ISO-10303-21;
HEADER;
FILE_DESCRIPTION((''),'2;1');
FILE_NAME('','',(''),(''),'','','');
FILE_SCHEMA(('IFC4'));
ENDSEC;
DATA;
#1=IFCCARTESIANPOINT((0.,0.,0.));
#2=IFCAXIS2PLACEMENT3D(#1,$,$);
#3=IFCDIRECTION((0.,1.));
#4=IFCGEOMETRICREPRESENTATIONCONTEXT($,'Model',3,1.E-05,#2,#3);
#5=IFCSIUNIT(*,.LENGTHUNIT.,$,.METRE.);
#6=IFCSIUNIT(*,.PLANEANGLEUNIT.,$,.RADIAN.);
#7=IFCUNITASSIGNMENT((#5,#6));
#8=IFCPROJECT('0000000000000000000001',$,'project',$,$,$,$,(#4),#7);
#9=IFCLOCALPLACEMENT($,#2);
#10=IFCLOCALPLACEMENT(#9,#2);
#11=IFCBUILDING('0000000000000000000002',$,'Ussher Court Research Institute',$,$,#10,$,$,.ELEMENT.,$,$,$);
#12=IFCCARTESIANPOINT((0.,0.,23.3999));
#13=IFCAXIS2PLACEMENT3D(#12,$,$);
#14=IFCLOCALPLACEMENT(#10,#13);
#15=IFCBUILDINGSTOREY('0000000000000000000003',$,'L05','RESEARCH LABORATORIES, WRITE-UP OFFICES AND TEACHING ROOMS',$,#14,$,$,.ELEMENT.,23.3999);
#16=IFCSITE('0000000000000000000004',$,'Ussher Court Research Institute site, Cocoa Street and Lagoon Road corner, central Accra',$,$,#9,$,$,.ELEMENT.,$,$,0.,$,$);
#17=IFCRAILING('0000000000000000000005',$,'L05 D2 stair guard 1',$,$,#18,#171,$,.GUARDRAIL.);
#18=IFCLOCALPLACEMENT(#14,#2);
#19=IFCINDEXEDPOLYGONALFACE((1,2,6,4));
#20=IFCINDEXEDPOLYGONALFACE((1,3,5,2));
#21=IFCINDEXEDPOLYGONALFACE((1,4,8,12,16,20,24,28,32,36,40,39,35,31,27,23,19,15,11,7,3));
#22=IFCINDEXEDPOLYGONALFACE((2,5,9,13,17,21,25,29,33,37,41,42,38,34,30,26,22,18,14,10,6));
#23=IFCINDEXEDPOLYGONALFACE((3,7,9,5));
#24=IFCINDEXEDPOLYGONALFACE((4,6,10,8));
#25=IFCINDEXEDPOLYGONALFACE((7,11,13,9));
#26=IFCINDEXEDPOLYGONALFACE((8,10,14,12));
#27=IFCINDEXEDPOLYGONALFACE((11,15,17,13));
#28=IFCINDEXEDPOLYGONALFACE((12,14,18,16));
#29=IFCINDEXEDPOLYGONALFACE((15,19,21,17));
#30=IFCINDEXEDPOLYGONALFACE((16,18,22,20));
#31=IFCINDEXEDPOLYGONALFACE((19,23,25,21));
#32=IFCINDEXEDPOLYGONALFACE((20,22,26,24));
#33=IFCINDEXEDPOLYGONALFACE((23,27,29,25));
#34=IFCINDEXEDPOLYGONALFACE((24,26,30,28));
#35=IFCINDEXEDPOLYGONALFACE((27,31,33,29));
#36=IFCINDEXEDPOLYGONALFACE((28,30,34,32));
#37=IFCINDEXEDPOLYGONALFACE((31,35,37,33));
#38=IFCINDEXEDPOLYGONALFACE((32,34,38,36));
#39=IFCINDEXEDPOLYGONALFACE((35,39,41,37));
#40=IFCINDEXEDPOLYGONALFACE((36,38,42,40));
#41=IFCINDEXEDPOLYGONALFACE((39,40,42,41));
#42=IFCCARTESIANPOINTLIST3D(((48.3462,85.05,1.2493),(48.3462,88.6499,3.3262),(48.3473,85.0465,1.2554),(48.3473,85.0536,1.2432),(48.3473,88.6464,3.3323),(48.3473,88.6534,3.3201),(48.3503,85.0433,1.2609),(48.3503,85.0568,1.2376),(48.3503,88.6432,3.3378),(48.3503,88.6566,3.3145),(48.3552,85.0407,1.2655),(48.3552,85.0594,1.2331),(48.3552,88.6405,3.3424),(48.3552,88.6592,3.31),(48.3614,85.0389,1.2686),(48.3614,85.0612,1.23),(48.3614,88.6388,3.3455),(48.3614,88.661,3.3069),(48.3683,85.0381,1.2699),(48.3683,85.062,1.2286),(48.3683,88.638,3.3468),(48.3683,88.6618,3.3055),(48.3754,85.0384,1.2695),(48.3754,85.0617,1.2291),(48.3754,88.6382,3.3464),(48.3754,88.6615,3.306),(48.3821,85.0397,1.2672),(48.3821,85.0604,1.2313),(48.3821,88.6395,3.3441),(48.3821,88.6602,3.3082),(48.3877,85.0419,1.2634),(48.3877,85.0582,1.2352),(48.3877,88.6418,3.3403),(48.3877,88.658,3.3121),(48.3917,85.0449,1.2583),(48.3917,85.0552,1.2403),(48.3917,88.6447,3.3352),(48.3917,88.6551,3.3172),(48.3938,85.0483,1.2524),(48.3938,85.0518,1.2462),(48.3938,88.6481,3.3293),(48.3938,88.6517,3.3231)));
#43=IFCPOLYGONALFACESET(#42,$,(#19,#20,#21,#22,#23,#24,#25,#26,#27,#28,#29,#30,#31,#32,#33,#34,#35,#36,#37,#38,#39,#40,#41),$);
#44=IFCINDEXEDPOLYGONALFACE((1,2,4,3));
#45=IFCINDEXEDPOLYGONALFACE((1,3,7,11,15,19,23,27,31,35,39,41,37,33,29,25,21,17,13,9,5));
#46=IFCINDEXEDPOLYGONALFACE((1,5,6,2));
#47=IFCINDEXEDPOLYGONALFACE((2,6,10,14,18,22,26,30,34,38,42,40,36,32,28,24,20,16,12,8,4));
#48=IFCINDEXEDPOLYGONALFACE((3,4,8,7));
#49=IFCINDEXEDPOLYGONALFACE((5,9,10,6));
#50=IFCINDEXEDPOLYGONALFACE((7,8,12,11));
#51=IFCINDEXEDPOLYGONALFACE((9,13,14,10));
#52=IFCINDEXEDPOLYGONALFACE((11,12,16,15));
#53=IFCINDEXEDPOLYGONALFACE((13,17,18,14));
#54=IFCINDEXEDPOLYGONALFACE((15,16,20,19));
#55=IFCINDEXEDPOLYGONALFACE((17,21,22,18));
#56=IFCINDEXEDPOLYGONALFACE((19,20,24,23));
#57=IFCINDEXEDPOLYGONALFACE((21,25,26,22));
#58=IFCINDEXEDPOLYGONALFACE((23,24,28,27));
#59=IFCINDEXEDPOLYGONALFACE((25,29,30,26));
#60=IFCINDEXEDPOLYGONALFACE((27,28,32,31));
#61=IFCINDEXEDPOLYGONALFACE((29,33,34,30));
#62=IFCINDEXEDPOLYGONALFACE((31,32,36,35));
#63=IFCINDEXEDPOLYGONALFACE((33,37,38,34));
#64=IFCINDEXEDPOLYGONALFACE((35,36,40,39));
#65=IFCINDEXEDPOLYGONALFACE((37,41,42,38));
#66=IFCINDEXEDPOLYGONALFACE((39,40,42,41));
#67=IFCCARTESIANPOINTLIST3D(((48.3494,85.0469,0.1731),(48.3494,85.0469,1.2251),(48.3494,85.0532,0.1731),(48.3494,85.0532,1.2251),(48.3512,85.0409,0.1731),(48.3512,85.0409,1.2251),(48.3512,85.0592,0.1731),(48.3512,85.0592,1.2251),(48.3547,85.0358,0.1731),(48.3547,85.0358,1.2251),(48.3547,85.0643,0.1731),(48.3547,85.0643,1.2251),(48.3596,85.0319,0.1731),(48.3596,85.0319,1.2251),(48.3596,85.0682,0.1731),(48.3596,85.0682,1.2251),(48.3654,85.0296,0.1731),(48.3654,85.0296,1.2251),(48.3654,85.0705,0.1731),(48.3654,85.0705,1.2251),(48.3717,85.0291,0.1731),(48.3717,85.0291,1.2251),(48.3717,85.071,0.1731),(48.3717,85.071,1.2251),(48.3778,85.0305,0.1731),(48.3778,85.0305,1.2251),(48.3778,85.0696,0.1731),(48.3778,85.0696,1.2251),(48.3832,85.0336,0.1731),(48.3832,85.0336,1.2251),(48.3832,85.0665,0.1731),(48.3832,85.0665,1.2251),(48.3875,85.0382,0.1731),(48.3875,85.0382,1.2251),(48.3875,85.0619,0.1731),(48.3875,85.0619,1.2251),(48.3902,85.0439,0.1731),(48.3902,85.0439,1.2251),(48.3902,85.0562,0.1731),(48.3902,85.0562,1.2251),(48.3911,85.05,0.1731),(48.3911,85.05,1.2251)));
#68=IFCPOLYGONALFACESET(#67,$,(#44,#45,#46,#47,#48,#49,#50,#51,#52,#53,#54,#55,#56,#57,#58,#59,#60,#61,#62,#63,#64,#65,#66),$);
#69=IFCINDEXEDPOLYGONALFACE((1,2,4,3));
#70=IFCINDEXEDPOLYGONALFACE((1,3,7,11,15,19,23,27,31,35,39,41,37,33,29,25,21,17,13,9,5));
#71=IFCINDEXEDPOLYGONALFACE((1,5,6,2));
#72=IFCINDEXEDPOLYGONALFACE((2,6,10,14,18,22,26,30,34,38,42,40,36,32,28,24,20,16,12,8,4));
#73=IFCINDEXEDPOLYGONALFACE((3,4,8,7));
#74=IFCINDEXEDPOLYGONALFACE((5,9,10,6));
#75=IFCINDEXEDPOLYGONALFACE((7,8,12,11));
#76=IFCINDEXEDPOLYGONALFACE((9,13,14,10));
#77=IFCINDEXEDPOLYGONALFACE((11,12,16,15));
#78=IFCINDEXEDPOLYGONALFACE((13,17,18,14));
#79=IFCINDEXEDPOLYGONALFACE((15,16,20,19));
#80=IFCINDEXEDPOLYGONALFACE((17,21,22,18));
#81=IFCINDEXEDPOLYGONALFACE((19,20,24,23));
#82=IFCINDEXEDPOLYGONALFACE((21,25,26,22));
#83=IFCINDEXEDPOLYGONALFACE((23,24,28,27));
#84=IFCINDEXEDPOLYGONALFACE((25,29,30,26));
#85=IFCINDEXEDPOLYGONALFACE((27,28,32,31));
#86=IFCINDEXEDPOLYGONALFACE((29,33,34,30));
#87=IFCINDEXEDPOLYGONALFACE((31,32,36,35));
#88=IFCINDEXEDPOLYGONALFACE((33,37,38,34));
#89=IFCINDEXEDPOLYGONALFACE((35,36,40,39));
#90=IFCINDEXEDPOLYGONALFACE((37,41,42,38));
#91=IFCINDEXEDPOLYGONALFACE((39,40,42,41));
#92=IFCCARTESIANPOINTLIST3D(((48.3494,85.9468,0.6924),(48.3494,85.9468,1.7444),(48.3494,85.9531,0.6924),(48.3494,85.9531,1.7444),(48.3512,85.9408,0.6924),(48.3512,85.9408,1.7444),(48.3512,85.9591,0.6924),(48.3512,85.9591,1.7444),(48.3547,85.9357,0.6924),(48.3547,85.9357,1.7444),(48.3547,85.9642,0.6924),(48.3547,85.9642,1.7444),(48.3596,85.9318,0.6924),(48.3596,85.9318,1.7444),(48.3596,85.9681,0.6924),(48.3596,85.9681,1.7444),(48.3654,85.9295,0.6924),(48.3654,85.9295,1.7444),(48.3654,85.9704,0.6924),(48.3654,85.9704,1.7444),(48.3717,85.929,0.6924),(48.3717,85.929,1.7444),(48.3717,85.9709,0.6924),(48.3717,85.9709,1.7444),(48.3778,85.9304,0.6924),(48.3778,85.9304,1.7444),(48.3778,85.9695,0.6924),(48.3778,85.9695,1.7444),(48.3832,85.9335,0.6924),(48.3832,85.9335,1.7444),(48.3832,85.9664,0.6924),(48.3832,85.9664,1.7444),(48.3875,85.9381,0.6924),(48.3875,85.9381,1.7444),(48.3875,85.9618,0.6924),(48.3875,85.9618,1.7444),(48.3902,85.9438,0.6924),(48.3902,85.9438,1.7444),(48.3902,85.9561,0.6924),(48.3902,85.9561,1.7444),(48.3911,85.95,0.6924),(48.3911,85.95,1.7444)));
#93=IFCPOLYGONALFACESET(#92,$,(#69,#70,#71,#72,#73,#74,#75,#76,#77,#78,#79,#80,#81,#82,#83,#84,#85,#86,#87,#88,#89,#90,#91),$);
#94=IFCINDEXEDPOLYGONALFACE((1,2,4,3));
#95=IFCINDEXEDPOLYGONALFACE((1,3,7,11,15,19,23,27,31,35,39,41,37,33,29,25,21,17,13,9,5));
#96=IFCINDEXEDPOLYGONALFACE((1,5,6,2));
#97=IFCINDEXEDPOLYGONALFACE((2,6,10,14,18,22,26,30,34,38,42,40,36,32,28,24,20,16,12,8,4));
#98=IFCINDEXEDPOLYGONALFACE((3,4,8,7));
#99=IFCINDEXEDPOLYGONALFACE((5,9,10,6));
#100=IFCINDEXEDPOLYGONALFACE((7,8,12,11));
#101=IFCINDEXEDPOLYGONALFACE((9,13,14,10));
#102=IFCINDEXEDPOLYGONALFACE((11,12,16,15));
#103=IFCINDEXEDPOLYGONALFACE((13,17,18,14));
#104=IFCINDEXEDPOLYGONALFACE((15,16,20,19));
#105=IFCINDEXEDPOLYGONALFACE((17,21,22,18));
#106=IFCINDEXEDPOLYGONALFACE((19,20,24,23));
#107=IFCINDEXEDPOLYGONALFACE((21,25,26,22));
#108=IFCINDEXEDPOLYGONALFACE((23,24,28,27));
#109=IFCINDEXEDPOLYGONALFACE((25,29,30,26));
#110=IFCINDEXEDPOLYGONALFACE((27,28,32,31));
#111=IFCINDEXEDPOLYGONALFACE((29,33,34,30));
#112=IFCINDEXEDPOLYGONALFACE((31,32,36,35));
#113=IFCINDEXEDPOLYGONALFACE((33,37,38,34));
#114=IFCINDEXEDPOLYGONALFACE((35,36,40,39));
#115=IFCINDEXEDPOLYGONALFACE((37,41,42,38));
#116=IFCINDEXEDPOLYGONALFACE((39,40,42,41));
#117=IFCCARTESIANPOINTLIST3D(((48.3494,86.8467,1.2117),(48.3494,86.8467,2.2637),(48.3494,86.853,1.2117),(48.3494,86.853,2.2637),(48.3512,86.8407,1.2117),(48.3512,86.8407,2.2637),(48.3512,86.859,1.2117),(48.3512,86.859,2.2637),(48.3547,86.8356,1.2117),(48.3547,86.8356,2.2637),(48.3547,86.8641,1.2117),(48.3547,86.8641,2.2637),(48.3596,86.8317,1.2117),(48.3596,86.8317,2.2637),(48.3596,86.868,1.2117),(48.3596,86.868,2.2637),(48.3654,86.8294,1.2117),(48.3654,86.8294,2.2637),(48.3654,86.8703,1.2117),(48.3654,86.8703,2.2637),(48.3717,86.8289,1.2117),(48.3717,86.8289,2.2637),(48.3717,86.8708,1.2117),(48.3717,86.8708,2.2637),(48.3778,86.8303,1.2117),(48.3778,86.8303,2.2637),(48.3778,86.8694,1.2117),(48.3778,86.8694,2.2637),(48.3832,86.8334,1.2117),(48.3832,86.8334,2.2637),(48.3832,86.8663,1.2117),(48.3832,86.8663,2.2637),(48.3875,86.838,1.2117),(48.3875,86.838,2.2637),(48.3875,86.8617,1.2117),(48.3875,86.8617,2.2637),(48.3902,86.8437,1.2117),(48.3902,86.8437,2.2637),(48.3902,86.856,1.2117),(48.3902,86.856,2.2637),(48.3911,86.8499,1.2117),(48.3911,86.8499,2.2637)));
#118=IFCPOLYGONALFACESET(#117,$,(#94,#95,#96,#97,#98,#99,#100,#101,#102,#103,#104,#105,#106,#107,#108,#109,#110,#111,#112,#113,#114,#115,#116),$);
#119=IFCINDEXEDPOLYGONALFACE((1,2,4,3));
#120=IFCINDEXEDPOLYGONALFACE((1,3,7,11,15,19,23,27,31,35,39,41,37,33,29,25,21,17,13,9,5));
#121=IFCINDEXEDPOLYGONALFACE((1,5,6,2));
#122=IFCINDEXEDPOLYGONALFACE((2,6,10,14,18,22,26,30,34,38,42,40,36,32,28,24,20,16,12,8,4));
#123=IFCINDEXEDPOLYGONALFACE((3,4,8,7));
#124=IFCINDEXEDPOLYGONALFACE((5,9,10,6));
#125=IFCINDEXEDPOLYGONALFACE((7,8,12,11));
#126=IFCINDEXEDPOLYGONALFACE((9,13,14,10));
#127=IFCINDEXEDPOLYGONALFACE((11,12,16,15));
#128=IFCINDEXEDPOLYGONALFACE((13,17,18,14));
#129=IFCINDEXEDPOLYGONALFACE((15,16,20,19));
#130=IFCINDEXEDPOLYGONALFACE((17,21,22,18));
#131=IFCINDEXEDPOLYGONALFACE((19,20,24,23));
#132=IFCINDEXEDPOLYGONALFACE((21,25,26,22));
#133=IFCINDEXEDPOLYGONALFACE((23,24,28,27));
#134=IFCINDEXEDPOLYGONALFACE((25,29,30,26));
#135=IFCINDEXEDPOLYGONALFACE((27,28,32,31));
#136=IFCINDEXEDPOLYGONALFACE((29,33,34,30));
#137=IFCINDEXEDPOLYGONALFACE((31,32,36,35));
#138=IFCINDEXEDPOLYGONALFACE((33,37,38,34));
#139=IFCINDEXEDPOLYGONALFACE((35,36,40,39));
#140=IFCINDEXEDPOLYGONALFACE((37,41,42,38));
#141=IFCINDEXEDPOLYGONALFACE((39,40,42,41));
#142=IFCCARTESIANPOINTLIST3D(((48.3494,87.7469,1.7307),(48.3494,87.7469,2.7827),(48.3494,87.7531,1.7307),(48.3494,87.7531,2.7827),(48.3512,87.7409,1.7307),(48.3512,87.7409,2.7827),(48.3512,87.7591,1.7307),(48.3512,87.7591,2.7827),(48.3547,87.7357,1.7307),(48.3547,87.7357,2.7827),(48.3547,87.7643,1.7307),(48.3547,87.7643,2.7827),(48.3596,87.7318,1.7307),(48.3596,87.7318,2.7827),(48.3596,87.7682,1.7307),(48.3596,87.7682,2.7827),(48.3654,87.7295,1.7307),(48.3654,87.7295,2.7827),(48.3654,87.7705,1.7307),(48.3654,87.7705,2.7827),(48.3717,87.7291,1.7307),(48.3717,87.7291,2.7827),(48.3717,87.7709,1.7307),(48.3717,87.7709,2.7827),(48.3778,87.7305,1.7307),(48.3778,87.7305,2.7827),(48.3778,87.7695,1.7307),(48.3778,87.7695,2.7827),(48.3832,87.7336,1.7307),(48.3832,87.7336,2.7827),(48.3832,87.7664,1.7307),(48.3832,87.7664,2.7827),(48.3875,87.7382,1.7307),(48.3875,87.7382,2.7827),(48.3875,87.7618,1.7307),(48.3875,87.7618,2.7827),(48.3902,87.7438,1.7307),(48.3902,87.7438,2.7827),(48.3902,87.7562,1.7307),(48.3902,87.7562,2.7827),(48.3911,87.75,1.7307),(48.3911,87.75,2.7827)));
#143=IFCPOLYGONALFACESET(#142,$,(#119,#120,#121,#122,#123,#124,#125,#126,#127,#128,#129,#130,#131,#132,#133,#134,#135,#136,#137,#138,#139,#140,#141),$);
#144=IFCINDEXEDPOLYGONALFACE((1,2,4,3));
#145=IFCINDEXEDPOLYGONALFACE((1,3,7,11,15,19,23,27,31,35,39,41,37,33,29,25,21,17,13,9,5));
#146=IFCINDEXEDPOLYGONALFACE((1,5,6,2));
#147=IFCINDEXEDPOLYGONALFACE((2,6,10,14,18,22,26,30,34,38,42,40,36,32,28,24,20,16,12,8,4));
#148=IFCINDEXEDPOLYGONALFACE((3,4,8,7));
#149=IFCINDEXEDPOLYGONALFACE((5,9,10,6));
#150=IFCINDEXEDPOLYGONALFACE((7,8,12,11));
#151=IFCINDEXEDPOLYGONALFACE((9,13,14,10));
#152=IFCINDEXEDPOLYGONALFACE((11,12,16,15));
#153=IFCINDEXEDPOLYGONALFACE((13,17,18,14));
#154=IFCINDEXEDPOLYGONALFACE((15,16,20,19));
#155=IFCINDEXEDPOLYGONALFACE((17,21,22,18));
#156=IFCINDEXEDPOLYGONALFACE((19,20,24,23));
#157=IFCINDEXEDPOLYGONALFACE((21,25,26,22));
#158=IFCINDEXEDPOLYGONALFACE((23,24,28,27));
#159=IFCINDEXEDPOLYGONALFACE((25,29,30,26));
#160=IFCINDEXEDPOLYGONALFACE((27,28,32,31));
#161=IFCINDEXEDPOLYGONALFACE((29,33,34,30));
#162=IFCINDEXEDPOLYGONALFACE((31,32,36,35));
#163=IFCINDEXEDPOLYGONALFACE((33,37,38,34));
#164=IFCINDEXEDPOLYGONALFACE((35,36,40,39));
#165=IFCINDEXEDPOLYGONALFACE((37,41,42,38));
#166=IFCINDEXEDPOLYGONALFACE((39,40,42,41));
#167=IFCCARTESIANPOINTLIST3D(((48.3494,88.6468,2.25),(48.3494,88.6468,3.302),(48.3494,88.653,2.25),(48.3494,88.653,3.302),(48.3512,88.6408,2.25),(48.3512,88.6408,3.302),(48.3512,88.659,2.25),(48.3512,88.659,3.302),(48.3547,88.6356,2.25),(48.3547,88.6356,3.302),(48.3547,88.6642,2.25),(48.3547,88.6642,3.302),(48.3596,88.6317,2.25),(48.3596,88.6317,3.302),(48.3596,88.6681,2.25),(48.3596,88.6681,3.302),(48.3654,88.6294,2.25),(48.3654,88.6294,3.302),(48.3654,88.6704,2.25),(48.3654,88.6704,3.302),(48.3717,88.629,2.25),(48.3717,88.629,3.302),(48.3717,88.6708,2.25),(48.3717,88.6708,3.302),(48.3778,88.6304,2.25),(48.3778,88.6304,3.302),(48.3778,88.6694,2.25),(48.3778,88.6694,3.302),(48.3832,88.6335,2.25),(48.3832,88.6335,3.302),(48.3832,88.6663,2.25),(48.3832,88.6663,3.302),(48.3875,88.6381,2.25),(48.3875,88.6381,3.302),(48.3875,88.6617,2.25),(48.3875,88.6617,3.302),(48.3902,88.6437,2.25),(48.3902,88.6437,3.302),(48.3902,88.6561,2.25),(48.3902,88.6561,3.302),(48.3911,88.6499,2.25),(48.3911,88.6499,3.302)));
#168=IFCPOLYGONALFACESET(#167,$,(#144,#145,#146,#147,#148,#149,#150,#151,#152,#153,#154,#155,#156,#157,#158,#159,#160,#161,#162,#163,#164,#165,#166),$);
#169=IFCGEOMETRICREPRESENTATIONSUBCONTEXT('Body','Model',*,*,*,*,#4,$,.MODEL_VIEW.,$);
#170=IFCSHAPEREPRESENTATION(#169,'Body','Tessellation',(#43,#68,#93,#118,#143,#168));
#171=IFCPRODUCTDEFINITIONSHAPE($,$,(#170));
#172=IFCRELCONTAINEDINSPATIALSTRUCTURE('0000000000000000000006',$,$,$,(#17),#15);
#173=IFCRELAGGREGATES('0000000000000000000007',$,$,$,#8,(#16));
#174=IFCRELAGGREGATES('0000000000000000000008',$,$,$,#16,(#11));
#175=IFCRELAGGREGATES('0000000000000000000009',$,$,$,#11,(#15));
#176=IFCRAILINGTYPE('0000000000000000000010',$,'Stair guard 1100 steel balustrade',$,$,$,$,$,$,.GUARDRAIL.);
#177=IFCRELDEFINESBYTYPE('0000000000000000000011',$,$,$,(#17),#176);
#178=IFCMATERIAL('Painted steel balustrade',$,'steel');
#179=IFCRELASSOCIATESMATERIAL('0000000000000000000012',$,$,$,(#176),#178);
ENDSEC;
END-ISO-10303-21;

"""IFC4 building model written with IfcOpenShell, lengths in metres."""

from ifc_helpers import new_model, si_unit, direction, frame, origin, origin_2d, place, context, subcontext, project, spatial, circle, extrude, material, type_object, element, save


model = new_model("IFC4")

# Units and contexts
model_context = context("Model", 3, precision=1e-05, world=origin(), true_north=direction((0.0, 1.0)))
body_context = subcontext(model_context, "Body", "Model", "MODEL_VIEW")
ifc_project = project(units=[si_unit("LENGTHUNIT", "METRE"), si_unit("PLANEANGLEUNIT", "RADIAN")], contexts=[model_context])

# Site, building, storey
site_placement = place(None, origin())
site = spatial("IfcSite", under=ifc_project, at=site_placement, Name="Ussher Court Research Institute site, Cocoa Street and Lagoon Road corner, central Accra", CompositionType="ELEMENT", RefElevation=0.0)
building_placement = place(site_placement, origin())
building = spatial("IfcBuilding", under=site, at=building_placement, Name="Ussher Court Research Institute", CompositionType="ELEMENT")
storey_placement = place(building_placement, frame((0.0, 0.0, 23.3999)))
storey = spatial("IfcBuildingStorey", under=building, at=storey_placement, Name="L05", Description="RESEARCH LABORATORIES, WRITE-UP OFFICES AND TEACHING ROOMS", CompositionType="ELEMENT", Elevation=23.3999)

# Railing
ifc_material_1 = material(Name="Painted steel balustrade", Category="steel")
railing_type_1 = type_object("IfcRailingType", Name="Stair guard 1100 steel balustrade", PredefinedType="GUARDRAIL", material=ifc_material_1)
railing_1_placement = place(storey_placement, frame((48.3701, 85.05, 0.1731)))
element("IfcRailing", 1, at=railing_1_placement, inside=storey, type_object=railing_type_1, Name="L05 D2 stair guard 1", PredefinedType="GUARDRAIL", context=body_context, shape_type="SweptSolid", body=[
    extrude(circle(Radius=0.0239, at=origin_2d()), frame((0.0, 0.0, 1.0762), z_axis=(0.0, 0.866179, 0.499734), x_axis=(-1.0, 0.0, 0.0)), (0.0, 0.0, 1.0), 4.156),
    extrude(circle(Radius=0.021, at=origin_2d()), origin(), (0.0, 0.0, 1.0), 1.052),
    extrude(circle(Radius=0.021, at=origin_2d()), frame((0.0, 0.8999, 0.5193)), (0.0, 0.0, 1.0), 1.052),
    extrude(circle(Radius=0.021, at=origin_2d()), frame((0.0, 1.7998, 1.0386)), (0.0, 0.0, 1.0), 1.052),
    extrude(circle(Radius=0.021, at=origin_2d()), frame((0.0, 2.7, 1.5576)), (0.0, 0.0, 1.0), 1.052),
    extrude(circle(Radius=0.021, at=origin_2d()), frame((0.0, 3.5999, 2.0769)), (0.0, 0.0, 1.0), 1.052),
])

save(model, "model.ifc")
